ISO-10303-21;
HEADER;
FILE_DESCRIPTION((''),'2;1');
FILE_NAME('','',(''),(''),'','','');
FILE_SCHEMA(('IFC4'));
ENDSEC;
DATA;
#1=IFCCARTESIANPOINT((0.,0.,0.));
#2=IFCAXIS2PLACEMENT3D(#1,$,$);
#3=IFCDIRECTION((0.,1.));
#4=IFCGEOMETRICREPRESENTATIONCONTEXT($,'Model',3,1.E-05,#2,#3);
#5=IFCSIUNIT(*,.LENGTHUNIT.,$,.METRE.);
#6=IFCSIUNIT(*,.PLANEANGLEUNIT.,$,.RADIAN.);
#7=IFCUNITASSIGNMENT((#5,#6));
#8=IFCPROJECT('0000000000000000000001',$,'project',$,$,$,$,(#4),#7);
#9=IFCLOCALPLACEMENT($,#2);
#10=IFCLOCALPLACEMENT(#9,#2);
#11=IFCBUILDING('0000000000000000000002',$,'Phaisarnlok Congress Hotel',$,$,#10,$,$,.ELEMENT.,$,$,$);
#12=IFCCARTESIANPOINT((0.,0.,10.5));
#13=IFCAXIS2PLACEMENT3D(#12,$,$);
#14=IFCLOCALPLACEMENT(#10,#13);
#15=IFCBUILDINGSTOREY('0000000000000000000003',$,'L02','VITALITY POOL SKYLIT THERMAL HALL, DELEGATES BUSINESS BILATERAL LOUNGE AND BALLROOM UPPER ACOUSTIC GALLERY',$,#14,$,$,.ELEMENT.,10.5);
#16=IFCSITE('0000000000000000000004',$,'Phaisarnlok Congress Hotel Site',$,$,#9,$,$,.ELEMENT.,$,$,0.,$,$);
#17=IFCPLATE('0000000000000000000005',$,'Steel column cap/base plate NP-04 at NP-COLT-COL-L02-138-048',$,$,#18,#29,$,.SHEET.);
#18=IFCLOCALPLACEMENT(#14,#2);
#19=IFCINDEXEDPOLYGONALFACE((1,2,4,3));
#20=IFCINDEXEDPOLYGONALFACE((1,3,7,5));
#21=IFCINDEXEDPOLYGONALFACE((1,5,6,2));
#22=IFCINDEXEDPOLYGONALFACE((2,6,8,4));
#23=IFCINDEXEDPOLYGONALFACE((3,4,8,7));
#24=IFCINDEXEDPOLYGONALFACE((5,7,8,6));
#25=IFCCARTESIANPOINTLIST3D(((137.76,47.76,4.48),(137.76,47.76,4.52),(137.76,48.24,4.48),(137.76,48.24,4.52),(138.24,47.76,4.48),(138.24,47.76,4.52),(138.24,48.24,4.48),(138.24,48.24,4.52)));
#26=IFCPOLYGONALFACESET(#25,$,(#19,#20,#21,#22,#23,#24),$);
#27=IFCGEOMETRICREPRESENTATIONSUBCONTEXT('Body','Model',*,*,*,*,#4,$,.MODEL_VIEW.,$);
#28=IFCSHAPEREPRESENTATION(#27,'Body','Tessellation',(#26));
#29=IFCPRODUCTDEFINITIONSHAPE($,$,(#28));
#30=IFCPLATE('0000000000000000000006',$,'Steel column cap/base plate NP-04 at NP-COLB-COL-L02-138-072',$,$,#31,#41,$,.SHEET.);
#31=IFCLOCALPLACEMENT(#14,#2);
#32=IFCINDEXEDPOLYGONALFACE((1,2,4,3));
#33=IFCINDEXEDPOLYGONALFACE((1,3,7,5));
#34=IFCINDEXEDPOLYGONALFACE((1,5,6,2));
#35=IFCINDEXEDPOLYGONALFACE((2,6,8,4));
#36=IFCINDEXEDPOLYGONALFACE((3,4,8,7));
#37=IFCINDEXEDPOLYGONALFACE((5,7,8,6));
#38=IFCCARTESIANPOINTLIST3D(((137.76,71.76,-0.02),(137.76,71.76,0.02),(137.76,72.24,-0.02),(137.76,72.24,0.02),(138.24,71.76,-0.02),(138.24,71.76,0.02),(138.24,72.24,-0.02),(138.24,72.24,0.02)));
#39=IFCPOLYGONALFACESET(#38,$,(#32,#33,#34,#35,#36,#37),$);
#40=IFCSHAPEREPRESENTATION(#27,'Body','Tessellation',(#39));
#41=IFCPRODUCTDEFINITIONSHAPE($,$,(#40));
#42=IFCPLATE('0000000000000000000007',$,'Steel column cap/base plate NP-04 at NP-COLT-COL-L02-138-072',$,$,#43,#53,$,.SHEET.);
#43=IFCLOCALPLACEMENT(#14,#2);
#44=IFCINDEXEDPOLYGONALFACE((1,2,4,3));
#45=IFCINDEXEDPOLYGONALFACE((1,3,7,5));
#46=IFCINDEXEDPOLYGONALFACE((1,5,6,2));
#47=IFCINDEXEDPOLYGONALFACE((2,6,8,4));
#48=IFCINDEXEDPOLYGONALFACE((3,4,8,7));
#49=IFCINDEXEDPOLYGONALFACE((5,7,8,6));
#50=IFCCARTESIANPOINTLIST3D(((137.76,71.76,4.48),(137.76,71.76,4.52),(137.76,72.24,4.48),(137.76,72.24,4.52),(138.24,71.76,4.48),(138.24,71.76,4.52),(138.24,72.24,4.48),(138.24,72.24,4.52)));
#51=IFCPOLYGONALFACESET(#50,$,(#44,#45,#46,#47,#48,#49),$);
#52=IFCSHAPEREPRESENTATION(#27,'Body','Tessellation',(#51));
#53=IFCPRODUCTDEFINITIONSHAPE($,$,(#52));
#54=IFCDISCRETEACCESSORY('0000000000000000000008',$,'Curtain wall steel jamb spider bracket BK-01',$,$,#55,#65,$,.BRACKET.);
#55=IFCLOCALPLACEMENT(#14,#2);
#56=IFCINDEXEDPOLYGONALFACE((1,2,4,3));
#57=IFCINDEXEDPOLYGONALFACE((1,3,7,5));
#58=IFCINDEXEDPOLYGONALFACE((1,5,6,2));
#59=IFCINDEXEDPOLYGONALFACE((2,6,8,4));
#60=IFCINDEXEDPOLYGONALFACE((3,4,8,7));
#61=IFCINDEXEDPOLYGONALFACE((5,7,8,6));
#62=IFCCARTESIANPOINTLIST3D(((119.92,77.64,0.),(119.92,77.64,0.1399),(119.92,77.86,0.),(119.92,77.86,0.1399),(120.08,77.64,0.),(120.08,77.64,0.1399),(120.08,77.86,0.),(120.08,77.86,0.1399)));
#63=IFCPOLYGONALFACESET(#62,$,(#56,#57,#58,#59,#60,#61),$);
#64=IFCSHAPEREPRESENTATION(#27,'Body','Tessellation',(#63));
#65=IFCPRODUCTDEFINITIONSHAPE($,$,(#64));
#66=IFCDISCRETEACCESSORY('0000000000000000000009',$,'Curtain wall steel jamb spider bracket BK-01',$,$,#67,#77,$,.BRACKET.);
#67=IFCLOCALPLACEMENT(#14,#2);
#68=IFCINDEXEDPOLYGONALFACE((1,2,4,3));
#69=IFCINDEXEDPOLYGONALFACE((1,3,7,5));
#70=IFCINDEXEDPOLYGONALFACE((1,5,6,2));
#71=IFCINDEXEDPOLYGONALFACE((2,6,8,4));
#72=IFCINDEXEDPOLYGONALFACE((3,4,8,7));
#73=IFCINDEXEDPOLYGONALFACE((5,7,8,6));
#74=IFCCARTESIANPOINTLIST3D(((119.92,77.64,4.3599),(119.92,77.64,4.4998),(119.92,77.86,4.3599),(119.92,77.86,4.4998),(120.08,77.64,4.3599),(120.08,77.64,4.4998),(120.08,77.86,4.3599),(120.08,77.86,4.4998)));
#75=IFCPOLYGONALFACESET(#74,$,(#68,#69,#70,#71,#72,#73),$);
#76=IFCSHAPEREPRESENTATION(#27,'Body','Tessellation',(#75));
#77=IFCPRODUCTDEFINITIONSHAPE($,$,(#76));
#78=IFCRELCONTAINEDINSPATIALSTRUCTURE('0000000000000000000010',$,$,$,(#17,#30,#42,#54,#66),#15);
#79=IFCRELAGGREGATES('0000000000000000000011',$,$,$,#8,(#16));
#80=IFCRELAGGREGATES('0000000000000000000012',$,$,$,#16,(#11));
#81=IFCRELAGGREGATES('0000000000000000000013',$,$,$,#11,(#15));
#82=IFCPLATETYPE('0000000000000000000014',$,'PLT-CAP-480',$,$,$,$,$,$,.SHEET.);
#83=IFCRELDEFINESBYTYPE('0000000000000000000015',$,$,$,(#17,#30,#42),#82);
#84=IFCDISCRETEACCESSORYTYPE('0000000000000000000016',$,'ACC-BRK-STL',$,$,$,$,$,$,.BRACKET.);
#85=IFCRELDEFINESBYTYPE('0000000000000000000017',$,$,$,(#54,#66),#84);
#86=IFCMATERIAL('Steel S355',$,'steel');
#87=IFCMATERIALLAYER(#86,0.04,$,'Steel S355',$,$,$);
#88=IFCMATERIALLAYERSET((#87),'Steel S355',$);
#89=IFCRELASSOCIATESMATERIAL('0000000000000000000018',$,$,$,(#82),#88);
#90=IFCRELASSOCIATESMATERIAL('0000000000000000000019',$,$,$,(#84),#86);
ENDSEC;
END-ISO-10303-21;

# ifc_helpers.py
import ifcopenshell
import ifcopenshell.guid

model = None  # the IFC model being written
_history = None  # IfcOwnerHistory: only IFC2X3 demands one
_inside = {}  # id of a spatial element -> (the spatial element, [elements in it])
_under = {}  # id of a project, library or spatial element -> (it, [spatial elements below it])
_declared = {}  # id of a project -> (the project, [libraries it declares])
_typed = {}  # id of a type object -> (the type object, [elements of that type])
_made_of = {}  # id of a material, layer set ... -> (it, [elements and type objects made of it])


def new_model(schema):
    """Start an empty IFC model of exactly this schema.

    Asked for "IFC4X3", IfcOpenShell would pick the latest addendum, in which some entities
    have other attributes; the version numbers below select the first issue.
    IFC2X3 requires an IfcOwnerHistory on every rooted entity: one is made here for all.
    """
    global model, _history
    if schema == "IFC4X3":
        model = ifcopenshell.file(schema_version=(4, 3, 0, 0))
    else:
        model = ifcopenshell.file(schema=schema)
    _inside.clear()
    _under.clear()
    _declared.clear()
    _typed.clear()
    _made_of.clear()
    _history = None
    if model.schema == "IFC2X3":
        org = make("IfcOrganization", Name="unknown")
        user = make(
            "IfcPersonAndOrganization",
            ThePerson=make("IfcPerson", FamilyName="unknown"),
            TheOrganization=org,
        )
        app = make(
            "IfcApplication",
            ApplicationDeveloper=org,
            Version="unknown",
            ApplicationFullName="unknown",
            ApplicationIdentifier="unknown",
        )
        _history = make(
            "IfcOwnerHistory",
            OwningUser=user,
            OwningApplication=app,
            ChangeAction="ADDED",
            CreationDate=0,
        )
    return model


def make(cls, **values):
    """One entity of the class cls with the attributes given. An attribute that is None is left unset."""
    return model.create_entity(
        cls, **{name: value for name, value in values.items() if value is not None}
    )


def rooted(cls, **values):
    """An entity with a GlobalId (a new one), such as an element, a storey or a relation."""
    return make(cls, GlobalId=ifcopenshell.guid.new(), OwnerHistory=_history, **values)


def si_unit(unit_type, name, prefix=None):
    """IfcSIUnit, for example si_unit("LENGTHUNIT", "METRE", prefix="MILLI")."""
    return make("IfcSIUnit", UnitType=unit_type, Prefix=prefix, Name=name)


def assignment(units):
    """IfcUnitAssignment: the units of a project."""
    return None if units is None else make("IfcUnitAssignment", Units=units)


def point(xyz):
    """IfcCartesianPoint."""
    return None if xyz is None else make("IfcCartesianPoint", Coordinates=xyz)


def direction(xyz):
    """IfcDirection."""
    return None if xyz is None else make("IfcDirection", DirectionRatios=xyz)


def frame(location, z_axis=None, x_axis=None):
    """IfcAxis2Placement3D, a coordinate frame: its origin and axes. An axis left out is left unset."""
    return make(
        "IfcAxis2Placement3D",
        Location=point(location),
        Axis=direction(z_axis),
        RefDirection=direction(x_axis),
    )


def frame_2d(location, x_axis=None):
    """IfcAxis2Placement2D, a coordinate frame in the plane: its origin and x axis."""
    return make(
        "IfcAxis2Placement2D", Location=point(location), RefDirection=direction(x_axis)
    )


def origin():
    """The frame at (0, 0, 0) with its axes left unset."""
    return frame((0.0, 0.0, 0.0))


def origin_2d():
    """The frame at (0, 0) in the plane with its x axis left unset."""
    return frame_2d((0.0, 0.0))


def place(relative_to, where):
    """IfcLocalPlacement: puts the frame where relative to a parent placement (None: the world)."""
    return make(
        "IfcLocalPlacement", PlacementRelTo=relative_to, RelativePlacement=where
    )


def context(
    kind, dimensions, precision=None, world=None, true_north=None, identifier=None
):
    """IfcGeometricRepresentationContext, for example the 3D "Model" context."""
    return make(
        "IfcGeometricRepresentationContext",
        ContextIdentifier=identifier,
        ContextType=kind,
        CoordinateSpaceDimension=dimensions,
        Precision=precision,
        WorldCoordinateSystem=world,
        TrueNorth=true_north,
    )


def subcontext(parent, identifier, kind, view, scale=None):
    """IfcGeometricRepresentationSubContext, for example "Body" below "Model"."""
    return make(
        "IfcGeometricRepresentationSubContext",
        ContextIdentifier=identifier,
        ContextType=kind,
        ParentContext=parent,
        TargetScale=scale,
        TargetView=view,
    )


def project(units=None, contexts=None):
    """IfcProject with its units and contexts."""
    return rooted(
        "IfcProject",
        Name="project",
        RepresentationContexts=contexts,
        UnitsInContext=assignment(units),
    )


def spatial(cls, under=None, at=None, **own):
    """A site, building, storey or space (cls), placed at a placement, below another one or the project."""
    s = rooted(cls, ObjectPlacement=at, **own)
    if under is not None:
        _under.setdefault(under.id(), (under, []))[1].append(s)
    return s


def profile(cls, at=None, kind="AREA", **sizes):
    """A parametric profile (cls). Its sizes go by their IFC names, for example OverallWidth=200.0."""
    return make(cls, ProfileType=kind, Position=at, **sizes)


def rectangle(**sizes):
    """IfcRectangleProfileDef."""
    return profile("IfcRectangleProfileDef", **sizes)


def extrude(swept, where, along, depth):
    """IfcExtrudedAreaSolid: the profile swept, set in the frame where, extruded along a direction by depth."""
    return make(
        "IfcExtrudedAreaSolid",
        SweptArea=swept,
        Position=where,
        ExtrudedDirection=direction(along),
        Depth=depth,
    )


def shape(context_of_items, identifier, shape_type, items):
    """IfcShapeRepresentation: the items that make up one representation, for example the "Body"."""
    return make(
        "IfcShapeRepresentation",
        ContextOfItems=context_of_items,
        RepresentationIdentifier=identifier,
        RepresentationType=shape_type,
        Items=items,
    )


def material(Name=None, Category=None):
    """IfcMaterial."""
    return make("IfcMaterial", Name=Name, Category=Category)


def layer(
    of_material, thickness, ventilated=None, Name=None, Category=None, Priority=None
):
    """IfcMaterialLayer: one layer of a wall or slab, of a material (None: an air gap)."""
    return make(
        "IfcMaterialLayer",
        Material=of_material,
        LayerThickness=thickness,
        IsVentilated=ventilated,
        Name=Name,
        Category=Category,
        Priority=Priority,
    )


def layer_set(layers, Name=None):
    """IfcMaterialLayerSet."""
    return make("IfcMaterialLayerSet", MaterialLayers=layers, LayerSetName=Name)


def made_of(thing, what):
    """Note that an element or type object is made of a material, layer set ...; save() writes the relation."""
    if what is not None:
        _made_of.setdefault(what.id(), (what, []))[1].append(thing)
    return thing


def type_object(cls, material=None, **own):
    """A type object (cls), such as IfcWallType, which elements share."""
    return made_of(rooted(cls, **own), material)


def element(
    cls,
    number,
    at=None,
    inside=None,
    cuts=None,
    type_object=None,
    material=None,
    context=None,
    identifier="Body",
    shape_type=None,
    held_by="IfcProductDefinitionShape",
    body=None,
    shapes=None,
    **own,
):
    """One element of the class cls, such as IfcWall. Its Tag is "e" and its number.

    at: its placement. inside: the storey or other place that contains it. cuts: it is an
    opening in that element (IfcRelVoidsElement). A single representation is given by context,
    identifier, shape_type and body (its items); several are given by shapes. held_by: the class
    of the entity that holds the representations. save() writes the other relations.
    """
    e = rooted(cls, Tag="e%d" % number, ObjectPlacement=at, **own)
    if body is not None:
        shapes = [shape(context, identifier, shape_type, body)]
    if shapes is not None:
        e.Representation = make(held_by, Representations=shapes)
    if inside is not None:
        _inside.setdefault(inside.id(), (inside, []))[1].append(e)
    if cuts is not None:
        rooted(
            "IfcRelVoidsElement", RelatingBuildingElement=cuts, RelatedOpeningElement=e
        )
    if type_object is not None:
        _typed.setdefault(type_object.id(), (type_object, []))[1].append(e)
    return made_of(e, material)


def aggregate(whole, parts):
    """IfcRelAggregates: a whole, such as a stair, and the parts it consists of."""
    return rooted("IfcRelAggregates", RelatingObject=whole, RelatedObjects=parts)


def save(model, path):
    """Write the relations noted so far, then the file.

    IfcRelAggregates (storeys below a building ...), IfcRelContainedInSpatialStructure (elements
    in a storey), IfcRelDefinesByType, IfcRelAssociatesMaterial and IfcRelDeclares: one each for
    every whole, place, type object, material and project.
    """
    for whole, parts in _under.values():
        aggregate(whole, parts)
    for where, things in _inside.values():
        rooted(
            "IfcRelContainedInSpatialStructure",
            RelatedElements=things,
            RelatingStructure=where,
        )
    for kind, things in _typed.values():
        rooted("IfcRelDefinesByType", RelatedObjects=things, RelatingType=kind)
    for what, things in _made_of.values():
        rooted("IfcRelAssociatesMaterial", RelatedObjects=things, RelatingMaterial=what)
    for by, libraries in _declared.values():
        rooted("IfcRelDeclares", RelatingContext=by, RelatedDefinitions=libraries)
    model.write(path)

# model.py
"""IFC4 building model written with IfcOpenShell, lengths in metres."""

from ifc_helpers import new_model, si_unit, direction, frame, origin, origin_2d, place, context, subcontext, project, spatial, rectangle, extrude, material, layer, layer_set, type_object, element, save


model = new_model("IFC4")

# Units and contexts
model_context = context("Model", 3, precision=1e-05, world=origin(), true_north=direction((0.0, 1.0)))
body_context = subcontext(model_context, "Body", "Model", "MODEL_VIEW")
ifc_project = project(units=[si_unit("LENGTHUNIT", "METRE"), si_unit("PLANEANGLEUNIT", "RADIAN")], contexts=[model_context])

# Site, building, storey
site_placement = place(None, origin())
site = spatial("IfcSite", under=ifc_project, at=site_placement, Name="Phaisarnlok Congress Hotel Site", CompositionType="ELEMENT", RefElevation=0.0)
building_placement = place(site_placement, origin())
building = spatial("IfcBuilding", under=site, at=building_placement, Name="Phaisarnlok Congress Hotel", CompositionType="ELEMENT")
storey_placement = place(building_placement, frame((0.0, 0.0, 10.5)))
storey = spatial("IfcBuildingStorey", under=building, at=storey_placement, Name="L02", Description="VITALITY POOL SKYLIT THERMAL HALL, DELEGATES BUSINESS BILATERAL LOUNGE AND BALLROOM UPPER ACOUSTIC GALLERY", CompositionType="ELEMENT", Elevation=10.5)

# Shared definitions
ifc_material_1 = material(Name="Steel S355", Category="steel")

# Plates
ifc_layer_1 = layer(ifc_material_1, 0.04, Name="Steel S355")
ifc_layer_set_1 = layer_set([ifc_layer_1], Name="Steel S355")
plate_type_1 = type_object("IfcPlateType", Name="PLT-CAP-480", PredefinedType="SHEET", material=ifc_layer_set_1)
for number, where, z_axis, x_axis, name in (
    (1, (138.0, 48.0, 4.48), (0.0, 0.0, 1.0), (1.0, 0.0, 0.0), "Steel column cap/base plate NP-04 at NP-COLT-COL-L02-138-048"),
    (2, (138.0, 72.0, -0.02), (0.0, 0.0, 1.0), (1.0, 0.0, 0.0), "Steel column cap/base plate NP-04 at NP-COLB-COL-L02-138-072"),
    (3, (138.0, 72.0, 4.48), (0.0, 0.0, 1.0), (1.0, 0.0, 0.0), "Steel column cap/base plate NP-04 at NP-COLT-COL-L02-138-072"),
):
    element("IfcPlate", number, at=place(storey_placement, frame(where, z_axis=z_axis, x_axis=x_axis)), inside=storey, type_object=plate_type_1, Name=name, PredefinedType="SHEET", context=body_context, shape_type="SweptSolid", body=[
        extrude(rectangle(XDim=0.48, YDim=0.48, at=origin_2d()), origin(), (0.0, 0.0, 1.0), 0.04),
    ])

# Discrete accessories
discrete_accessory_type = type_object("IfcDiscreteAccessoryType", Name="ACC-BRK-STL", PredefinedType="BRACKET", material=ifc_material_1)
for number, where, z_axis, x_axis, name in (
    (4, (120.0, 77.75, 0.0), (0.0, 0.0, 1.0), (1.0, 0.0, 0.0), "Curtain wall steel jamb spider bracket BK-01"),
    (5, (120.0, 77.75, 4.3599), (0.0, 0.0, 1.0), (1.0, 0.0, 0.0), "Curtain wall steel jamb spider bracket BK-01"),
):
    element("IfcDiscreteAccessory", number, at=place(storey_placement, frame(where, z_axis=z_axis, x_axis=x_axis)), inside=storey, type_object=discrete_accessory_type, Name=name, PredefinedType="BRACKET", context=body_context, shape_type="SweptSolid", body=[
        extrude(rectangle(XDim=0.1599, YDim=0.22, at=origin_2d()), origin(), (0.0, 0.0, 1.0), 0.1399),
    ])

save(model, "model.ifc")
